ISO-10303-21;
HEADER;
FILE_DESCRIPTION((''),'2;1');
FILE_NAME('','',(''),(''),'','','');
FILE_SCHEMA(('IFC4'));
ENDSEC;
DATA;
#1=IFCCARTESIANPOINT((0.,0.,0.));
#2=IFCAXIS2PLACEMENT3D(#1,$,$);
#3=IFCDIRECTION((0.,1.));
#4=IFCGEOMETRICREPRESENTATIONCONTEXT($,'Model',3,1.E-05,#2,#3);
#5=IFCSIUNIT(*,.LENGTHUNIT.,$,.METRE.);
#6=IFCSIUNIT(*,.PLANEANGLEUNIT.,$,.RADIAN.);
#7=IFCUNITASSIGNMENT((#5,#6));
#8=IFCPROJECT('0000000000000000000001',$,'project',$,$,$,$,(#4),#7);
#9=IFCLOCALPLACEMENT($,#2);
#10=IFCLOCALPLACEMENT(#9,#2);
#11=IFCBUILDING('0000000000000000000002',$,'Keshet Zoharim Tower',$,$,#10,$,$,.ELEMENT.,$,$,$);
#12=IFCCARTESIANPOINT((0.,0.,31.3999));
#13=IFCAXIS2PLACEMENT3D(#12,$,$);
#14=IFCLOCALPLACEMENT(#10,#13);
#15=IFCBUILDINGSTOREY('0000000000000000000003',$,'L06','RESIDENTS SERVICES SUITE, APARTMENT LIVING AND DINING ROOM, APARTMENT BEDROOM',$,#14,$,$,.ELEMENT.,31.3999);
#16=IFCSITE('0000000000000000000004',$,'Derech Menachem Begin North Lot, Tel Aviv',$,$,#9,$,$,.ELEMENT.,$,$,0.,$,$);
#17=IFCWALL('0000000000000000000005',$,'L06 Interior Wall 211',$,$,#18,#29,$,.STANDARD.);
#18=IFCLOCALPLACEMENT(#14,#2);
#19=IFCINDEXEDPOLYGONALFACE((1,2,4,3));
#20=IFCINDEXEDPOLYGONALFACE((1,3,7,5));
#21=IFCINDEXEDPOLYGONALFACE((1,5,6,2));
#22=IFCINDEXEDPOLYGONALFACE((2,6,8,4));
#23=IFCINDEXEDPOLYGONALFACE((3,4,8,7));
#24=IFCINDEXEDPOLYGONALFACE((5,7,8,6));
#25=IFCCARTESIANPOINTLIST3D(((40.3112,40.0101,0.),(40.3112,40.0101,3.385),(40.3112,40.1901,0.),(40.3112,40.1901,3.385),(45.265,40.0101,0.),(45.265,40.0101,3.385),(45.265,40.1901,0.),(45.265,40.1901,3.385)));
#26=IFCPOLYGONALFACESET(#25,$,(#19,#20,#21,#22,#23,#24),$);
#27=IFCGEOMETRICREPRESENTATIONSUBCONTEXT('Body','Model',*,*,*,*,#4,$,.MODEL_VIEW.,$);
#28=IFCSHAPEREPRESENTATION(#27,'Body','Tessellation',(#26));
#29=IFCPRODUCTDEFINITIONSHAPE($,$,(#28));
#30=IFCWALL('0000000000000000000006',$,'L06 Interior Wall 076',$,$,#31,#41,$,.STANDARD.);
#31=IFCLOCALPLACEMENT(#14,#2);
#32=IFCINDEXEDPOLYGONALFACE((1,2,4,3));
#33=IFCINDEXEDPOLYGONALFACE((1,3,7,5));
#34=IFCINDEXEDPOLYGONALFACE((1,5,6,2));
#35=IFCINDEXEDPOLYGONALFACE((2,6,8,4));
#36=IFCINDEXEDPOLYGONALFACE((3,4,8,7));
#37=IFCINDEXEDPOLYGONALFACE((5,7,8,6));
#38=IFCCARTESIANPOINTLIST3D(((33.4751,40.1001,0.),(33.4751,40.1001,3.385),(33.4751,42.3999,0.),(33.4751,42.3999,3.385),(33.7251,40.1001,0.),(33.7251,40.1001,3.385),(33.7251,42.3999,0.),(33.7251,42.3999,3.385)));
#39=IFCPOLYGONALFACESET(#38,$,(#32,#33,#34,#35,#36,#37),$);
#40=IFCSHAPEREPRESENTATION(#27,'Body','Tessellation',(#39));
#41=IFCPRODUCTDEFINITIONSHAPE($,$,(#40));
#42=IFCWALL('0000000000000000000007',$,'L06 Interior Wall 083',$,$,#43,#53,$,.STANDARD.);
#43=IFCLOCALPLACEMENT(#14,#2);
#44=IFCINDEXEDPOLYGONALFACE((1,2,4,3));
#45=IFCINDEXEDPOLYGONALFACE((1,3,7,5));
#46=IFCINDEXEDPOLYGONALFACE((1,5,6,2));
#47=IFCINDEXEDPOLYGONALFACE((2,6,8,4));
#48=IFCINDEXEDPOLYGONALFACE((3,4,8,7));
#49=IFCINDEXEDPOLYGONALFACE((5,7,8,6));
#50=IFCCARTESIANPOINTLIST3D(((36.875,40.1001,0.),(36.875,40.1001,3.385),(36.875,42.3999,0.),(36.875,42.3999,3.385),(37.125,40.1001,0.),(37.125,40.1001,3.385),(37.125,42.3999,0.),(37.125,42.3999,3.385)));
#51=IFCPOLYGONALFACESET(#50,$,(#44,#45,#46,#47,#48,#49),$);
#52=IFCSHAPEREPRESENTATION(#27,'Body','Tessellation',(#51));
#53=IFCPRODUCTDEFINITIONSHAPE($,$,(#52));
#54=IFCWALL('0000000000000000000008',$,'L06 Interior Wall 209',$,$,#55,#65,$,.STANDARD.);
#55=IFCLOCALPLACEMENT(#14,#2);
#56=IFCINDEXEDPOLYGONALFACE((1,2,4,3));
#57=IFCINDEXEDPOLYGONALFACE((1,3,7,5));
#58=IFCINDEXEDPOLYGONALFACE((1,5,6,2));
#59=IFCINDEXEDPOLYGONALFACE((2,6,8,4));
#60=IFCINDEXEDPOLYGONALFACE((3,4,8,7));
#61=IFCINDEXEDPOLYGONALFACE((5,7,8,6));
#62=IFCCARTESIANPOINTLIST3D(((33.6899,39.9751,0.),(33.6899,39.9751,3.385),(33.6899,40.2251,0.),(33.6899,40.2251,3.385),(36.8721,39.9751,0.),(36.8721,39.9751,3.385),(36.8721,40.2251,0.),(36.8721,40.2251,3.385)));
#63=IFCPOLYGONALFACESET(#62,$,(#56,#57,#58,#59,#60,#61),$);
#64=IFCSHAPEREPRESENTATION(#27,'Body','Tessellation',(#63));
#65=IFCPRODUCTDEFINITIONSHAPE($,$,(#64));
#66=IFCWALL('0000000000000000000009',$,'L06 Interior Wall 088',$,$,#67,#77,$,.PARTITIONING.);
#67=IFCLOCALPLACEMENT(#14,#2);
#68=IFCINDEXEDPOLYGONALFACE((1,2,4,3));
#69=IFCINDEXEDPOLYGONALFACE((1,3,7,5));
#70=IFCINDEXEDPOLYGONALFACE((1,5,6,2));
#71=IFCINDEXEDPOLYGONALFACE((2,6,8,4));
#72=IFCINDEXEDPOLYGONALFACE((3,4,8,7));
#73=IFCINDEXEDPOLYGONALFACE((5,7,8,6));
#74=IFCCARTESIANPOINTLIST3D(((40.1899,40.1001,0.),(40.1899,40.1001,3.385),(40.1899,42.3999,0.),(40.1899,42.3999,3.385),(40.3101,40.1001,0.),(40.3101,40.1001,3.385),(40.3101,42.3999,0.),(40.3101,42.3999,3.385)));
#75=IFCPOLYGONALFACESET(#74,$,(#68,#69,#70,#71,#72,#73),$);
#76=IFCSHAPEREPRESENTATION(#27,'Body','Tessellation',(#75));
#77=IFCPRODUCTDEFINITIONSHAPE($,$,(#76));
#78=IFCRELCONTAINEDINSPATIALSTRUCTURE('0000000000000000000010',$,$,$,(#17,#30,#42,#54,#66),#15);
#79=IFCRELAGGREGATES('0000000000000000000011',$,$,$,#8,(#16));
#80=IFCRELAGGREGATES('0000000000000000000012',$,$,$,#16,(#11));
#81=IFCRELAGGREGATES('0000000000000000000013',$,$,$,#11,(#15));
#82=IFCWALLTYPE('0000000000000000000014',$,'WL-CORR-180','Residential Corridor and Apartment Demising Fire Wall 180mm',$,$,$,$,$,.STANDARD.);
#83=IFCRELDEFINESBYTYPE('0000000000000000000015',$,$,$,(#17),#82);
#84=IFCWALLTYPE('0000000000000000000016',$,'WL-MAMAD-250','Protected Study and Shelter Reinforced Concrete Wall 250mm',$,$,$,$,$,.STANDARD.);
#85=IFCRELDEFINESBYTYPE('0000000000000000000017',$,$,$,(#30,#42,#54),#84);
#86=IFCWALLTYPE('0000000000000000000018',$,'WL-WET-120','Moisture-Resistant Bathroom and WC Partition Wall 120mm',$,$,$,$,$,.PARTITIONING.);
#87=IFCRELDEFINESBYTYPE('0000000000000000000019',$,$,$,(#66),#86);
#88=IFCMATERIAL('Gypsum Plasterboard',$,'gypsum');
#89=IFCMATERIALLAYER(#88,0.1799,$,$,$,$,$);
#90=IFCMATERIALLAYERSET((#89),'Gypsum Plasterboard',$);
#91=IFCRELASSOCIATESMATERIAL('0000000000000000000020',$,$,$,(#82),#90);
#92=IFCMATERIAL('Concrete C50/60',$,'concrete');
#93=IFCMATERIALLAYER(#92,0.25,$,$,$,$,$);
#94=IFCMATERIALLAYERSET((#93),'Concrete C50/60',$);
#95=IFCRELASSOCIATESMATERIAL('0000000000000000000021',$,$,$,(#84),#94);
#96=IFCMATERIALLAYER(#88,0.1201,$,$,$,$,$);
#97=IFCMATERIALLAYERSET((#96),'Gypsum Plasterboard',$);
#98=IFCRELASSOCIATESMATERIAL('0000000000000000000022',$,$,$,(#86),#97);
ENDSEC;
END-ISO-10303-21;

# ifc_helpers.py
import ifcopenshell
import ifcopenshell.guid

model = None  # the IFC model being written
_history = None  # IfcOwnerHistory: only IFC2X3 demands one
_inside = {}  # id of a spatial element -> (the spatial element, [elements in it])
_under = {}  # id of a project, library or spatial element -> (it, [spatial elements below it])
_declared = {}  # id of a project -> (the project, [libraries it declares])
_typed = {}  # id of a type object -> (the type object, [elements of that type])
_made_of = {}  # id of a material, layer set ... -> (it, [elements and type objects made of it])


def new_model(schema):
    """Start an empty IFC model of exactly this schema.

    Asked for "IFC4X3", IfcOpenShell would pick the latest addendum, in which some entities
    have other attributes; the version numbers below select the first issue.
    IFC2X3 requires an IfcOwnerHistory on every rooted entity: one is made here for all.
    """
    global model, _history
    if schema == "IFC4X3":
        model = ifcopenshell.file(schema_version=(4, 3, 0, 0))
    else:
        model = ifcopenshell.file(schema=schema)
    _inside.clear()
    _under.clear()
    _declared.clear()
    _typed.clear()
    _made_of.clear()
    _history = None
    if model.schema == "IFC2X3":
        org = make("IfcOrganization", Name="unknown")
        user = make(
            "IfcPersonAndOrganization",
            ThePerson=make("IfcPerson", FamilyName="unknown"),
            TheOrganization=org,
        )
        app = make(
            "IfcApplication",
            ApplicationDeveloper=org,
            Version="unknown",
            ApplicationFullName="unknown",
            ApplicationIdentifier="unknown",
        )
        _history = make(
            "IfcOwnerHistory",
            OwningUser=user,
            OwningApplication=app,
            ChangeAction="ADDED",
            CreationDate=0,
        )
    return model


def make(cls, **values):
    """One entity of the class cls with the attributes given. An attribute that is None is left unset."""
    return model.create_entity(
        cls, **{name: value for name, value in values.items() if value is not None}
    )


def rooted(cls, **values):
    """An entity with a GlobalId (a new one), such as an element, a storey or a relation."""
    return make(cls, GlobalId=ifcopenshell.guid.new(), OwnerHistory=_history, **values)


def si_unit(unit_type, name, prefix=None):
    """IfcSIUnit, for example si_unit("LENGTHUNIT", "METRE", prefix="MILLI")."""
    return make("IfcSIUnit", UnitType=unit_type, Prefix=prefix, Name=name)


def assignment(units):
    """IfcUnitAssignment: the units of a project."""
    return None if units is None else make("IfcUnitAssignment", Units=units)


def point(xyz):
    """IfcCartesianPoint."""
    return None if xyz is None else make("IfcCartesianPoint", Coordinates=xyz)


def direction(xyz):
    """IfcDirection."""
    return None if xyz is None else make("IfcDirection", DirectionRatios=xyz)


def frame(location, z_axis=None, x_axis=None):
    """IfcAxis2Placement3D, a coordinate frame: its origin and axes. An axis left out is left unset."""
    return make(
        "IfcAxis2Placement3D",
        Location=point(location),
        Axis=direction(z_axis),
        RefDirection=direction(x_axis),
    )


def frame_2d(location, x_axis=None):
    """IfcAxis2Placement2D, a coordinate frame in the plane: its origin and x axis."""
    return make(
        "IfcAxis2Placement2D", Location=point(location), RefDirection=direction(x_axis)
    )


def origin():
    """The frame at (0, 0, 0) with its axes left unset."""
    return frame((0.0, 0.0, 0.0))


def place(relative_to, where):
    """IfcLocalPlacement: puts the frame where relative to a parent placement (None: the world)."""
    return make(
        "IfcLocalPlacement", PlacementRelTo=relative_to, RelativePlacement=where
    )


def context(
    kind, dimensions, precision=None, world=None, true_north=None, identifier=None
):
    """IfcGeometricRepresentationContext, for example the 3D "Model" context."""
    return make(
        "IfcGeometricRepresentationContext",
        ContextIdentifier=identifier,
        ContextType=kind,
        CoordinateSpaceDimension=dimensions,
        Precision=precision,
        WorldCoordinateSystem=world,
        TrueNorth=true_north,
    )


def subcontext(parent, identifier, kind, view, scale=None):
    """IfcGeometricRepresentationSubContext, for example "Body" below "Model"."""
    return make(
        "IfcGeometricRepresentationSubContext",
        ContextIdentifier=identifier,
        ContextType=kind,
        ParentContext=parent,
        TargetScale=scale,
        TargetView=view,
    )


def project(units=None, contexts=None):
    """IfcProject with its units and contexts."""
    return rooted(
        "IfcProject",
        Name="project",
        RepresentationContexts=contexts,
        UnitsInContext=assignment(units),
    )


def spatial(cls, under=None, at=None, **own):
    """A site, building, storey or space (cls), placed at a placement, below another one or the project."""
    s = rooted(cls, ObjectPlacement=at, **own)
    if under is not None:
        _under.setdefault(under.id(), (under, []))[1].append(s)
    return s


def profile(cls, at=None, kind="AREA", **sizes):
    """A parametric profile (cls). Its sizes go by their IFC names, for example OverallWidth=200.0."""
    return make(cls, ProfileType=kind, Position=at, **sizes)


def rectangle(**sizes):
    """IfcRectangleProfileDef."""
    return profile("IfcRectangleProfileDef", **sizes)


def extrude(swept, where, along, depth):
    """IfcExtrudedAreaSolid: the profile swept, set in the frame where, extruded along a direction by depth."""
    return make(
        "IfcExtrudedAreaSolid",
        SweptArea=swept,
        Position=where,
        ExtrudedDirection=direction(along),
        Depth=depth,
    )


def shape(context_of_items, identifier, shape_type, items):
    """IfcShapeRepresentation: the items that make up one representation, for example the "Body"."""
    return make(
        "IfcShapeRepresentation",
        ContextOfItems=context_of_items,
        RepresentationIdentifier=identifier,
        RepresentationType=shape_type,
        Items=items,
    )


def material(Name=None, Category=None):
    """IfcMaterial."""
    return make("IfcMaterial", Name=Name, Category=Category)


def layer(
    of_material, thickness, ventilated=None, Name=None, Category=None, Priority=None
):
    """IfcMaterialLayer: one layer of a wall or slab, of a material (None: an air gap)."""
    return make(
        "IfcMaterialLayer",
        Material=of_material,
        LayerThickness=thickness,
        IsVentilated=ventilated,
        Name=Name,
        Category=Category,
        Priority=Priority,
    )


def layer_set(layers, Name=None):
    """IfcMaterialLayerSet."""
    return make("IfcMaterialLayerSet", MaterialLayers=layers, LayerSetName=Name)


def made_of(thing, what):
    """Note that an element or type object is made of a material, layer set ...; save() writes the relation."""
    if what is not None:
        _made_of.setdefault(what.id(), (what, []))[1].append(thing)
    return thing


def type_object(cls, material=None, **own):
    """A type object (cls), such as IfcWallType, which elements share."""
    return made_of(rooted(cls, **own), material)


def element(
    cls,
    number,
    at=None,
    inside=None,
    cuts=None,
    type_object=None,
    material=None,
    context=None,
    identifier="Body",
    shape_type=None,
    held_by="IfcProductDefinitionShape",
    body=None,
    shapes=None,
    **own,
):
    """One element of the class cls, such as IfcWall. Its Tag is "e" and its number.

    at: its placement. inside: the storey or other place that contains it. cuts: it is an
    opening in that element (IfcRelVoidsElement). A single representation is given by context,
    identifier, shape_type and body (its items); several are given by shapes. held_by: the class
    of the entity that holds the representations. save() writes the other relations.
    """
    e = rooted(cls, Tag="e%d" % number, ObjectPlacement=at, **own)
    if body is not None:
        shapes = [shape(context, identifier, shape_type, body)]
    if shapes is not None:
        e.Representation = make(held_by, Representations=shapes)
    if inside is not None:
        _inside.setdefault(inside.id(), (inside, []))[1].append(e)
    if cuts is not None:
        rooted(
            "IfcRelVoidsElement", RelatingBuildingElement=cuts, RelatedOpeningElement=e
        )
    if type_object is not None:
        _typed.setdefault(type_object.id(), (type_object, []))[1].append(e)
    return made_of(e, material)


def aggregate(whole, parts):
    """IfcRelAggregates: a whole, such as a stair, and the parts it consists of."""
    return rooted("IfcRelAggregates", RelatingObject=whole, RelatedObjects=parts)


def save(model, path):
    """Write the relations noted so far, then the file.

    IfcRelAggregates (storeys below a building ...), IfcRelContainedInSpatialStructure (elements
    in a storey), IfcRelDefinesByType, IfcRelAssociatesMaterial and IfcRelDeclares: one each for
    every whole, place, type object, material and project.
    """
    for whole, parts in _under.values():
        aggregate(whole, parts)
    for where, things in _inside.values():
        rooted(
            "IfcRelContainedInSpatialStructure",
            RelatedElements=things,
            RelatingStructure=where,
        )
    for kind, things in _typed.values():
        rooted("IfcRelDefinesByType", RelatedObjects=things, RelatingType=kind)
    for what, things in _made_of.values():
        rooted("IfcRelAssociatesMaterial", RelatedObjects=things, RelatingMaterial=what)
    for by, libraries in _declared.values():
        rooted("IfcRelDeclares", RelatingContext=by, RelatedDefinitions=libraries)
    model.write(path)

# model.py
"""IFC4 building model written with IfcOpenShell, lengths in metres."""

from ifc_helpers import new_model, si_unit, direction, frame, frame_2d, origin, place, context, subcontext, project, spatial, rectangle, extrude, material, layer, layer_set, type_object, element, save


model = new_model("IFC4")

# Units and contexts
model_context = context("Model", 3, precision=1e-05, world=origin(), true_north=direction((0.0, 1.0)))
body_context = subcontext(model_context, "Body", "Model", "MODEL_VIEW")
ifc_project = project(units=[si_unit("LENGTHUNIT", "METRE"), si_unit("PLANEANGLEUNIT", "RADIAN")], contexts=[model_context])

# Site, building, storey
site_placement = place(None, origin())
site = spatial("IfcSite", under=ifc_project, at=site_placement, Name="Derech Menachem Begin North Lot, Tel Aviv", CompositionType="ELEMENT", RefElevation=0.0)
building_placement = place(site_placement, origin())
building = spatial("IfcBuilding", under=site, at=building_placement, Name="Keshet Zoharim Tower", CompositionType="ELEMENT")
storey_placement = place(building_placement, frame((0.0, 0.0, 31.3999)))
storey = spatial("IfcBuildingStorey", under=building, at=storey_placement, Name="L06", Description="RESIDENTS SERVICES SUITE, APARTMENT LIVING AND DINING ROOM, APARTMENT BEDROOM", CompositionType="ELEMENT", Elevation=31.3999)

# Shared definitions
ifc_material_1 = material(Name="Gypsum Plasterboard", Category="gypsum")

# Walls
ifc_layer_1 = layer(ifc_material_1, 0.1799)
ifc_layer_set_1 = layer_set([ifc_layer_1], Name="Gypsum Plasterboard")
wall_type_1 = type_object("IfcWallType", Name="WL-CORR-180", Description="Residential Corridor and Apartment Demising Fire Wall 180mm", PredefinedType="STANDARD", material=ifc_layer_set_1)
wall_1_placement = place(storey_placement, frame((40.311, 40.1001, 0.0), z_axis=(0.0, 0.0, 1.0), x_axis=(1.0, 0.0, 0.0)))
element("IfcWall", 1, at=wall_1_placement, inside=storey, type_object=wall_type_1, Name="L06 Interior Wall 211", PredefinedType="STANDARD", context=body_context, shape_type="SweptSolid", body=[
    extrude(rectangle(XDim=4.9539, YDim=0.1799, at=frame_2d((2.4771, 0.0))), origin(), (0.0, 0.0, 1.0), 3.385),
])
ifc_material_2 = material(Name="Concrete C50/60", Category="concrete")
ifc_layer_2 = layer(ifc_material_2, 0.25)
ifc_layer_set_2 = layer_set([ifc_layer_2], Name="Concrete C50/60")
wall_type_2 = type_object("IfcWallType", Name="WL-MAMAD-250", Description="Protected Study and Shelter Reinforced Concrete Wall 250mm", PredefinedType="STANDARD", material=ifc_layer_set_2)
for number, where, z_axis, x_axis, name in (
    (2, (33.6001, 40.1001, 0.0), (0.0, 0.0, 1.0), (0.0, 1.0, 0.0), "L06 Interior Wall 076"),
    (3, (37.0, 40.1001, 0.0), (0.0, 0.0, 1.0), (0.0, 1.0, 0.0), "L06 Interior Wall 083"),
):
    element("IfcWall", number, at=place(storey_placement, frame(where, z_axis=z_axis, x_axis=x_axis)), inside=storey, type_object=wall_type_2, Name=name, PredefinedType="STANDARD", context=body_context, shape_type="SweptSolid", body=[
        extrude(rectangle(XDim=2.2998, YDim=0.25, at=frame_2d((1.1499, 0.0))), origin(), (0.0, 0.0, 1.0), 3.385),
    ])
wall_2_placement = place(storey_placement, frame((33.6899, 40.1001, 0.0), z_axis=(0.0, 0.0, 1.0), x_axis=(1.0, 0.0, 0.0)))
element("IfcWall", 4, at=wall_2_placement, inside=storey, type_object=wall_type_2, Name="L06 Interior Wall 209", PredefinedType="STANDARD", context=body_context, shape_type="SweptSolid", body=[
    extrude(rectangle(XDim=3.1821, YDim=0.25, at=frame_2d((1.5911, 0.0))), origin(), (0.0, 0.0, 1.0), 3.385),
])
ifc_layer_3 = layer(ifc_material_1, 0.1201)
ifc_layer_set_3 = layer_set([ifc_layer_3], Name="Gypsum Plasterboard")
wall_type_3 = type_object("IfcWallType", Name="WL-WET-120", Description="Moisture-Resistant Bathroom and WC Partition Wall 120mm", PredefinedType="PARTITIONING", material=ifc_layer_set_3)
wall_3_placement = place(storey_placement, frame((40.25, 40.1001, 0.0), z_axis=(0.0, 0.0, 1.0), x_axis=(0.0, 1.0, 0.0)))
element("IfcWall", 5, at=wall_3_placement, inside=storey, type_object=wall_type_3, Name="L06 Interior Wall 088", PredefinedType="PARTITIONING", context=body_context, shape_type="SweptSolid", body=[
    extrude(rectangle(XDim=2.2998, YDim=0.1201, at=frame_2d((1.1499, 0.0))), origin(), (0.0, 0.0, 1.0), 3.385),
])

save(model, "model.ifc")
